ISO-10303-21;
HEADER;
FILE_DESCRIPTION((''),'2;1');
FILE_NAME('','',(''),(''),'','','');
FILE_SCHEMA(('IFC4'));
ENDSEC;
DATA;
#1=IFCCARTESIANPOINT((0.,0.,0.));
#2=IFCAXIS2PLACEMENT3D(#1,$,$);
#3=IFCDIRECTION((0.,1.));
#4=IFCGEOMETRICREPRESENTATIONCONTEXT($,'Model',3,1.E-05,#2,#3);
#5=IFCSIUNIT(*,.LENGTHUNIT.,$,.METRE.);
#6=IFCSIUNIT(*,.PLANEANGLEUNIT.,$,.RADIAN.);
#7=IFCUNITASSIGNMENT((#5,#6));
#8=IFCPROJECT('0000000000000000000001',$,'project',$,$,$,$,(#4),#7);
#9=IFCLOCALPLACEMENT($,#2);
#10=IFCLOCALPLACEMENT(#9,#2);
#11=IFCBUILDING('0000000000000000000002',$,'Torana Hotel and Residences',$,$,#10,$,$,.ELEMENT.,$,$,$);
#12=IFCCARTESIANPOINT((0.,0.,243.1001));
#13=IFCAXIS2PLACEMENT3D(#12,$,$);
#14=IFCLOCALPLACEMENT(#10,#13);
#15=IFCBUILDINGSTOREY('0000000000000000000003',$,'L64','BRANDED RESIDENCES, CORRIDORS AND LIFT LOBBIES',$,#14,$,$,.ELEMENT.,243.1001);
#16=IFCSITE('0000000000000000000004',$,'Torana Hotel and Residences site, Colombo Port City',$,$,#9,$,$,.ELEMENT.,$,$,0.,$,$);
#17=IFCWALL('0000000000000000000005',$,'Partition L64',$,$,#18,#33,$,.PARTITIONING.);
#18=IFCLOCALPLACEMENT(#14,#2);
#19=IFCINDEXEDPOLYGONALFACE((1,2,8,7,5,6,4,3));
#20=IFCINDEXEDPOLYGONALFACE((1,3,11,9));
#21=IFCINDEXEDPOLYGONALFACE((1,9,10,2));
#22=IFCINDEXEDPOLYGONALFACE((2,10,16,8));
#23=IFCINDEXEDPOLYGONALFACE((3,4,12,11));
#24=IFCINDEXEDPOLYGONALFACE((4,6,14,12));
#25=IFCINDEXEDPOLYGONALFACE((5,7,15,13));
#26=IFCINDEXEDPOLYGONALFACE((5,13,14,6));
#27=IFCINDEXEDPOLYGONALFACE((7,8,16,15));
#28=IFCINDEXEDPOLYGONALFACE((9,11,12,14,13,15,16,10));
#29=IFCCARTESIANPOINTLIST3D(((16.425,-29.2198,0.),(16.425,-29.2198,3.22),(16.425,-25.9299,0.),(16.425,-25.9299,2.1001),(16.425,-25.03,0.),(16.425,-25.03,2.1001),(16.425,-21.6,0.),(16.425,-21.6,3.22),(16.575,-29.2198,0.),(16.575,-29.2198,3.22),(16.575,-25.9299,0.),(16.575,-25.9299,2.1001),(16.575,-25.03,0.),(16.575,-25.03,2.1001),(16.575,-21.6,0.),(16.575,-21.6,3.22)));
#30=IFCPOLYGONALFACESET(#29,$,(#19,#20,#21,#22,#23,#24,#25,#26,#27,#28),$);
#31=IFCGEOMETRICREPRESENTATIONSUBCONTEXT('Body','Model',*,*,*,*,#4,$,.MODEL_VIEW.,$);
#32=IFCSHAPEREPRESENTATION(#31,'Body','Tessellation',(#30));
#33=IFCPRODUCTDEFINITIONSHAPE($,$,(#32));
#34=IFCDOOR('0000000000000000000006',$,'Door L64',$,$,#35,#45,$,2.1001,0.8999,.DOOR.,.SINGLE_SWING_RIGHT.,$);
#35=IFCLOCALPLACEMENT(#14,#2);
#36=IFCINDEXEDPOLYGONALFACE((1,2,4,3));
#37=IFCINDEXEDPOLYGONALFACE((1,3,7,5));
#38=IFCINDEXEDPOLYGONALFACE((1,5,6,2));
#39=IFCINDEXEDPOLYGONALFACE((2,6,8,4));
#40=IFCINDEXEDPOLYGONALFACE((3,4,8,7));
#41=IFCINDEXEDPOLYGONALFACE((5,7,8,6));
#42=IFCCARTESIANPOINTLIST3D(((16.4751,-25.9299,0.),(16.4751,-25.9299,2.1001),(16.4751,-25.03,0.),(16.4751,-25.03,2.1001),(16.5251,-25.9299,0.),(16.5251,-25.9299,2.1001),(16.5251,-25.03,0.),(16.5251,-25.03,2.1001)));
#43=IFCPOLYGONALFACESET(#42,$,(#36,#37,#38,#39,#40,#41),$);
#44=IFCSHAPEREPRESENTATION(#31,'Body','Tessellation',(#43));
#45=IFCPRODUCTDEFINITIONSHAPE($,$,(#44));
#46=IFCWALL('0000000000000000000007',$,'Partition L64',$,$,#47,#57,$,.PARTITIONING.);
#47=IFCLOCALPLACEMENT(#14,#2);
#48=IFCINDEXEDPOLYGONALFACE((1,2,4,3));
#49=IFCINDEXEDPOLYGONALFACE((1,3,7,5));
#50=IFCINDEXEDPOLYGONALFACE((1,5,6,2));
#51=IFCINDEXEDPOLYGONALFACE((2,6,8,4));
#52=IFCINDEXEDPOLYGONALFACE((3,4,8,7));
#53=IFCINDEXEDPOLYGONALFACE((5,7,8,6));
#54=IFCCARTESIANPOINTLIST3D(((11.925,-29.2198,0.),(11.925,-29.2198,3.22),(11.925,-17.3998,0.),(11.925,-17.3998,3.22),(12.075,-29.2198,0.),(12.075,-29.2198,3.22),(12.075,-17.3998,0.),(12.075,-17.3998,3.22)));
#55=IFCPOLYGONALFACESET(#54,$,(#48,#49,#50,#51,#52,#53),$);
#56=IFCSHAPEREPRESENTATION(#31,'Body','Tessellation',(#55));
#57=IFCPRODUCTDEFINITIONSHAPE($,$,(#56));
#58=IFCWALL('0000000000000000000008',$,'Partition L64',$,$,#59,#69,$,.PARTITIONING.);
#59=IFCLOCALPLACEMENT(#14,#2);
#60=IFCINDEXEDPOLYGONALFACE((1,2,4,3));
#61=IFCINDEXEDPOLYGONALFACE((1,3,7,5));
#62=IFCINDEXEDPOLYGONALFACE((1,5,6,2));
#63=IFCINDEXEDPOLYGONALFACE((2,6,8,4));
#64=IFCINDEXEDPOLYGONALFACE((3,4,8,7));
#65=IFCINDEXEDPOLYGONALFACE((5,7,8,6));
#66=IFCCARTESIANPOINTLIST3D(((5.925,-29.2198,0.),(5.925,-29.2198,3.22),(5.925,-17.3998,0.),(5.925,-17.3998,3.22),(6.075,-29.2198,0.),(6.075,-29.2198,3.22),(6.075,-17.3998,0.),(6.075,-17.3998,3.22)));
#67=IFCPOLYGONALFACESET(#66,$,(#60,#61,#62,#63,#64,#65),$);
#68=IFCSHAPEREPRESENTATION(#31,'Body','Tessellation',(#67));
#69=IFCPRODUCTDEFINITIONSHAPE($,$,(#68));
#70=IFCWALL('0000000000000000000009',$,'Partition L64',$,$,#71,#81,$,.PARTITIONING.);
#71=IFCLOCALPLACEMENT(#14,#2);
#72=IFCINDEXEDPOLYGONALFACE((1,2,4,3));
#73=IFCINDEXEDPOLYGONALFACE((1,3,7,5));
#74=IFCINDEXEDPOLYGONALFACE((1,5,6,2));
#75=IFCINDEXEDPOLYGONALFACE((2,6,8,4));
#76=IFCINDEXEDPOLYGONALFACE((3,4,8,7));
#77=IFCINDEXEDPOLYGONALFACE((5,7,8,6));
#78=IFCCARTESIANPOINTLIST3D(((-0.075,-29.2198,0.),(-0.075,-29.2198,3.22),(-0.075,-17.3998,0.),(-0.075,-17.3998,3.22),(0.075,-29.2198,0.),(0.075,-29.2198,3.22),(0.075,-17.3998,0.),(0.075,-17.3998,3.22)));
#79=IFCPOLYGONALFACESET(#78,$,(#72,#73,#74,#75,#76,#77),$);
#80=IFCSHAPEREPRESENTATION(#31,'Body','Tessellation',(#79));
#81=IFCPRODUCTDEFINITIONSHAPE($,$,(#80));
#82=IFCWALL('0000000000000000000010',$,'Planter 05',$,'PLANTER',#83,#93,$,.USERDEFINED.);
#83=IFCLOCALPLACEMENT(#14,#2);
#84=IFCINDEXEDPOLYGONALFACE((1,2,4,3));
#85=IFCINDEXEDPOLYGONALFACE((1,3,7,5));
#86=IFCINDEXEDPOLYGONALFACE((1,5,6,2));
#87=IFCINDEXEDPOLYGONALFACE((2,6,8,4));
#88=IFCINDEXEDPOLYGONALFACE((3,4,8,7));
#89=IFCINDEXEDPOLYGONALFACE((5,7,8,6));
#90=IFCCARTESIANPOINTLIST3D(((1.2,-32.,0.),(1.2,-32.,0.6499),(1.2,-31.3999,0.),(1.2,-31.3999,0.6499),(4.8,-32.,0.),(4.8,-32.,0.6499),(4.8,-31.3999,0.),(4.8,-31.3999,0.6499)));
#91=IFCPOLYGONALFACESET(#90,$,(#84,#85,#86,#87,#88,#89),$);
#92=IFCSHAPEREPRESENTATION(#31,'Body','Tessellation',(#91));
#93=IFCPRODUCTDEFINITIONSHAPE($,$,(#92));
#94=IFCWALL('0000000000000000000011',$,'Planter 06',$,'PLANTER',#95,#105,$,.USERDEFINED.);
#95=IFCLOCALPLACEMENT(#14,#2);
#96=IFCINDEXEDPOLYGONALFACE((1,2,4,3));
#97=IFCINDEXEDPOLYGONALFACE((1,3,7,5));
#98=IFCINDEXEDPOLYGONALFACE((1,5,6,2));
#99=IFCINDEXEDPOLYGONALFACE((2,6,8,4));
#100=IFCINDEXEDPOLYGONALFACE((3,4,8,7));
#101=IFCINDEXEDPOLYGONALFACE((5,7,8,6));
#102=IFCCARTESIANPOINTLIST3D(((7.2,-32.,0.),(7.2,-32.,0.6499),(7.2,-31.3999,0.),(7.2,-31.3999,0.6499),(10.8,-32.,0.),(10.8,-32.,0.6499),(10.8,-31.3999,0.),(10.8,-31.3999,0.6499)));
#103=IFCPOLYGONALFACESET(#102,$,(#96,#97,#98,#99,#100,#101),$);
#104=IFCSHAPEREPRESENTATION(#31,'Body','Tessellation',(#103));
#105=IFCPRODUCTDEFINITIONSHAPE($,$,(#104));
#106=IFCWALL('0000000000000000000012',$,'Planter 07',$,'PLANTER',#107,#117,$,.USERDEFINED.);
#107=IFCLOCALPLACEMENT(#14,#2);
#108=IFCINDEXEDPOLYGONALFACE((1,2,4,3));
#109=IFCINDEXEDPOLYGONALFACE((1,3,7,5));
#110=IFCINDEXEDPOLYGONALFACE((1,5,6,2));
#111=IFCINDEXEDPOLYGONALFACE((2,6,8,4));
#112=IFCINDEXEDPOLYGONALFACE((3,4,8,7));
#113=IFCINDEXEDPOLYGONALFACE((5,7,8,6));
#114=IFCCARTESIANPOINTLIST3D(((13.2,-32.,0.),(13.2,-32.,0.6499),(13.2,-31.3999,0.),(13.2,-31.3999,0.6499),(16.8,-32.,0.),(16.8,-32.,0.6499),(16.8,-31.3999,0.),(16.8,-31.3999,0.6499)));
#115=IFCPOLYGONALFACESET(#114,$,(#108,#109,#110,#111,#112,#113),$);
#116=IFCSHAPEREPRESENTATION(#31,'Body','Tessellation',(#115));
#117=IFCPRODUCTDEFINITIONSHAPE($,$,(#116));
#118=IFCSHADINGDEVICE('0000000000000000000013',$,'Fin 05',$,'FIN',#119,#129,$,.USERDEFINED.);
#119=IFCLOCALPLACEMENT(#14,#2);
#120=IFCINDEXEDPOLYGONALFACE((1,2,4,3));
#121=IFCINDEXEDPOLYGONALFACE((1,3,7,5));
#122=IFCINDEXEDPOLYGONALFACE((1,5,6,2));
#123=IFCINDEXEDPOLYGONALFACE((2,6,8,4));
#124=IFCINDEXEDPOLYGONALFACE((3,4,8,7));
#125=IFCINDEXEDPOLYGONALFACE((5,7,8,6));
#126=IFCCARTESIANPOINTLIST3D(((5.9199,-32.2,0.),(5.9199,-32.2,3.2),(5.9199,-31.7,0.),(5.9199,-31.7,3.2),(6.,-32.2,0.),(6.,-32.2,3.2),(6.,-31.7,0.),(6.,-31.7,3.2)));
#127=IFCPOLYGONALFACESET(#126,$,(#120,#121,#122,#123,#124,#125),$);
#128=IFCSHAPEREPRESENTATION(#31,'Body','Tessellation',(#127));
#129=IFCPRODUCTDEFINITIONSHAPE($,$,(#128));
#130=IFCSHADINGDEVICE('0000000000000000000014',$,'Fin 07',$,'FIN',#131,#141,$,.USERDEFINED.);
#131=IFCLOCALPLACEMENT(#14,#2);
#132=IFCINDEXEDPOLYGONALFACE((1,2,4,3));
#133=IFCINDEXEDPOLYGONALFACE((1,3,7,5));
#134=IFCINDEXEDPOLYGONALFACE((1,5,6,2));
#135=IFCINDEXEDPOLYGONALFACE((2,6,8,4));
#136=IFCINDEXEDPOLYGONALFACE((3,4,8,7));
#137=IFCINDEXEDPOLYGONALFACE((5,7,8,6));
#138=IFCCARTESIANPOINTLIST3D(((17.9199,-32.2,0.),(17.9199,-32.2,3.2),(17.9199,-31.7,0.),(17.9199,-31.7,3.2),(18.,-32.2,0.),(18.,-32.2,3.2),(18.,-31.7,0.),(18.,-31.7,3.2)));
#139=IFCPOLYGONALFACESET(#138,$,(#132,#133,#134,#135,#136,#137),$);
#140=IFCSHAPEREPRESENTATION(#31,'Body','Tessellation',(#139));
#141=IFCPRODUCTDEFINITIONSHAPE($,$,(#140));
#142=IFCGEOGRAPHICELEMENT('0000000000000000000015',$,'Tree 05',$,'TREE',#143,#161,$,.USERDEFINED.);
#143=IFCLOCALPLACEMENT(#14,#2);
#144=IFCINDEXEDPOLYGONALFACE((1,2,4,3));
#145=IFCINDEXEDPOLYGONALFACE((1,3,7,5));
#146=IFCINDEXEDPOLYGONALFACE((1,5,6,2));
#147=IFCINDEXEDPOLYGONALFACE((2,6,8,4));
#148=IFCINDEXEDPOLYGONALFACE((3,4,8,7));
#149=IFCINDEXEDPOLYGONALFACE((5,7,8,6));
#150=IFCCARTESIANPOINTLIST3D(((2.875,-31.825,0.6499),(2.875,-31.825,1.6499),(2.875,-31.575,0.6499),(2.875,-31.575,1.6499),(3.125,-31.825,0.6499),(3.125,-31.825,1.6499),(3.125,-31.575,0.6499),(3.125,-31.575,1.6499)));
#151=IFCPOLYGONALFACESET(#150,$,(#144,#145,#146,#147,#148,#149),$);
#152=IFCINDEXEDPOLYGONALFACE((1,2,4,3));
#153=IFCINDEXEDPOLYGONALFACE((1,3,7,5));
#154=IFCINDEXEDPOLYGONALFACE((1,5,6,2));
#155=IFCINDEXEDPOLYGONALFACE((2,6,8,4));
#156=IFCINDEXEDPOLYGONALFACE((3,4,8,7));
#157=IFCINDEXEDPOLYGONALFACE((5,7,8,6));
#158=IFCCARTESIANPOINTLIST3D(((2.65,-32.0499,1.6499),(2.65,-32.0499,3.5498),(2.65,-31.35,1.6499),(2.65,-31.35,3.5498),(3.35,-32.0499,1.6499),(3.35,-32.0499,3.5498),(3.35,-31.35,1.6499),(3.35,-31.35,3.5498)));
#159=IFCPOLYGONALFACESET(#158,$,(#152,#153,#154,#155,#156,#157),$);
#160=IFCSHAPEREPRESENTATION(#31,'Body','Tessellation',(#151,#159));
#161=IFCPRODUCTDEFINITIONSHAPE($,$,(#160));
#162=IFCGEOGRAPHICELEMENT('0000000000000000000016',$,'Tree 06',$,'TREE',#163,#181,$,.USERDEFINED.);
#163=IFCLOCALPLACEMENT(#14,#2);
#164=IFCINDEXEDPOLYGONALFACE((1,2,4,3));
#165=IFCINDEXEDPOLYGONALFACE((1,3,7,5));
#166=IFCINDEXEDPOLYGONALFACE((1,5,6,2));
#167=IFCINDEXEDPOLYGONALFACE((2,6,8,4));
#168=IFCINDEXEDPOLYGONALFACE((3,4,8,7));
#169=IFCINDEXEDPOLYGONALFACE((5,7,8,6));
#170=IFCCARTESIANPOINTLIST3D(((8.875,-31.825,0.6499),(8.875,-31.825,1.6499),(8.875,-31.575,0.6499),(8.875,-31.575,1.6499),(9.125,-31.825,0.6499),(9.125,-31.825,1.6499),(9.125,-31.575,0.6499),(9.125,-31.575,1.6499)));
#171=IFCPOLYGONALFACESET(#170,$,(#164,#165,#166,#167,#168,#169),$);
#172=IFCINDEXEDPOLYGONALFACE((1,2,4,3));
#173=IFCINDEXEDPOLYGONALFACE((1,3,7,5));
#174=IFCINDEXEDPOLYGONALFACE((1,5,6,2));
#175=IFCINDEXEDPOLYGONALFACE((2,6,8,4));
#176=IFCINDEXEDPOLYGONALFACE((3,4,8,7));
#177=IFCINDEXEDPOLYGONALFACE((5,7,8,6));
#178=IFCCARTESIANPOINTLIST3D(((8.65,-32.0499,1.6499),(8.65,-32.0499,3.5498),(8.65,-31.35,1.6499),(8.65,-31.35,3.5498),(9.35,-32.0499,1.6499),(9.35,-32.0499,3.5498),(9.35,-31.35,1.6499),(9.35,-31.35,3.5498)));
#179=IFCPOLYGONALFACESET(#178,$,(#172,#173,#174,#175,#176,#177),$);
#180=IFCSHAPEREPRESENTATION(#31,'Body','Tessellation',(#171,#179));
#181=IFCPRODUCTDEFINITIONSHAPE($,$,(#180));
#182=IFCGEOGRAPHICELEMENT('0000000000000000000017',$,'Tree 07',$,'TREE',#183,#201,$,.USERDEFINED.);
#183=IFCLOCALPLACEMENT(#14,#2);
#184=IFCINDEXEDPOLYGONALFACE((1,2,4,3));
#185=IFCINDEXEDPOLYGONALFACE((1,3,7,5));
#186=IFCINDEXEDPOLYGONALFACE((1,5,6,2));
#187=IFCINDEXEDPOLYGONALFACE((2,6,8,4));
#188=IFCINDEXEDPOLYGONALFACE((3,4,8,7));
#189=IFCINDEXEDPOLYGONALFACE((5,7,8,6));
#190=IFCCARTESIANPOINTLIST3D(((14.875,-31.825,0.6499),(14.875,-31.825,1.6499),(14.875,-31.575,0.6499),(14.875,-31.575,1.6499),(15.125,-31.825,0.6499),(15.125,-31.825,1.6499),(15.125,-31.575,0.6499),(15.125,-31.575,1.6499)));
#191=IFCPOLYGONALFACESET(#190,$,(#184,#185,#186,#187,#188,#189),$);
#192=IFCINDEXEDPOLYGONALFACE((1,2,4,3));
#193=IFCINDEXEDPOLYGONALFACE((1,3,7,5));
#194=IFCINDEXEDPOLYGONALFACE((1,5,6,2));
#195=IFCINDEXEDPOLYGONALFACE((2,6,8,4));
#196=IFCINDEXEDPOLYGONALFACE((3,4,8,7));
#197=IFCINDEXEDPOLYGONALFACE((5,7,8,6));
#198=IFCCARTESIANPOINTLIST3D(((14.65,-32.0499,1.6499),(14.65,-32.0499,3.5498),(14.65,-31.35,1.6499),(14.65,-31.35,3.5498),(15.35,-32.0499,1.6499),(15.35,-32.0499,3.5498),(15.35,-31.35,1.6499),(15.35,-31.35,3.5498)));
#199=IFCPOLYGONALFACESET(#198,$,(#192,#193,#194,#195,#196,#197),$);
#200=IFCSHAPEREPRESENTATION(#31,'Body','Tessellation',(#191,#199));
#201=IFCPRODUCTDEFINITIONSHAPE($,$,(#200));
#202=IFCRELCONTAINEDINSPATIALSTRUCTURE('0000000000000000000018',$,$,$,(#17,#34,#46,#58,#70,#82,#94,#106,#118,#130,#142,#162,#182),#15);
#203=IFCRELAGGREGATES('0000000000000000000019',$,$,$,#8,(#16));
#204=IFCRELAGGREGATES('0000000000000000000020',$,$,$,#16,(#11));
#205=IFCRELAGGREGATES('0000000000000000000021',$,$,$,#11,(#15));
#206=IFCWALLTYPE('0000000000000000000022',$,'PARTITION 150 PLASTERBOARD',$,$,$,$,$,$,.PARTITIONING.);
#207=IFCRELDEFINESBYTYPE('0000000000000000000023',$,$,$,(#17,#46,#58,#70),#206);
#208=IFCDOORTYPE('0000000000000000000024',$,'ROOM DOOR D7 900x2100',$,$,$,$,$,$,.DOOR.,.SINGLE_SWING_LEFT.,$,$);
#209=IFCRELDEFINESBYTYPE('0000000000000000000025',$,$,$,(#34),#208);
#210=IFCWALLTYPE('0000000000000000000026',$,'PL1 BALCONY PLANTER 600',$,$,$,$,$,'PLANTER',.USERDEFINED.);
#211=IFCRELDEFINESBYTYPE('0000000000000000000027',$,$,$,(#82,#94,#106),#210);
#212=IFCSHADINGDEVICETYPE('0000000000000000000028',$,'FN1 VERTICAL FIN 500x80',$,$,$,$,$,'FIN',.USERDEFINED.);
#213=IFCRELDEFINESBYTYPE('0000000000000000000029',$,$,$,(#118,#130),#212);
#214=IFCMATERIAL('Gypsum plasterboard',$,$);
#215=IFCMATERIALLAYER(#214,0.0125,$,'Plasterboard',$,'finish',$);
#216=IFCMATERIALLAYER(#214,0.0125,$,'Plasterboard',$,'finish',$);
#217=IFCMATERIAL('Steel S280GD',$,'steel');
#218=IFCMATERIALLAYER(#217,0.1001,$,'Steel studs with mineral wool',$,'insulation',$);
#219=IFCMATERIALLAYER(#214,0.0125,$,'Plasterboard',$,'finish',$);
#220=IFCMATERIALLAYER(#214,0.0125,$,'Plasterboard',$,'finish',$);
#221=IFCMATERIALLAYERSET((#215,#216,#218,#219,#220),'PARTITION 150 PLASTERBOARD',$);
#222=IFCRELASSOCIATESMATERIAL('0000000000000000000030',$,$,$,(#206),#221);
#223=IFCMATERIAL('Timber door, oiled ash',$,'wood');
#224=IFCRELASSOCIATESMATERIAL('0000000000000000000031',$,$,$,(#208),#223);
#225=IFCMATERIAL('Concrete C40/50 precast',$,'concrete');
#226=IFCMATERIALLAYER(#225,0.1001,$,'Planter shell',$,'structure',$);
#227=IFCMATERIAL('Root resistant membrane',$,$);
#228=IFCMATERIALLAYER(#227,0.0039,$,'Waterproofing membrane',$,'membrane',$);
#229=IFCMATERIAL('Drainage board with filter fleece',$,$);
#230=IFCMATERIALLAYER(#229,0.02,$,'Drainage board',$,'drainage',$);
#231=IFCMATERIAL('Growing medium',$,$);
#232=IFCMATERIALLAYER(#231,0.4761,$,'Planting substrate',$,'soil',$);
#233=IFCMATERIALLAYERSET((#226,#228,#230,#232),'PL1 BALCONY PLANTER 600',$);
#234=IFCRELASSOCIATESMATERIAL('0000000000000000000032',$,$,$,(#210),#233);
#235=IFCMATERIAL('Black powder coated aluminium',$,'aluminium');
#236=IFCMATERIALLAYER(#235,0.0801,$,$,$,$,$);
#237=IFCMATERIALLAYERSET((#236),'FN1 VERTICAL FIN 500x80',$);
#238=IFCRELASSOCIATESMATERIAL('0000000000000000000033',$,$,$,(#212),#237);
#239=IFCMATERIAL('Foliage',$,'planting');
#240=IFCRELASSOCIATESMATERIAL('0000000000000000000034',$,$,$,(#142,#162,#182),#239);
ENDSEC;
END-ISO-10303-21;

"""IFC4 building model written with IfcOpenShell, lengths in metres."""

from ifc_helpers import new_model, si_unit, direction, frame, frame_2d, origin, origin_2d, place, context, subcontext, project, spatial, rectangle, extrude, material, layer, layer_set, type_object, element, fill, save


model = new_model("IFC4")

# Units and contexts
model_context = context("Model", 3, precision=1e-05, world=origin(), true_north=direction((0.0, 1.0)))
body_context = subcontext(model_context, "Body", "Model", "MODEL_VIEW")
ifc_project = project(units=[si_unit("LENGTHUNIT", "METRE"), si_unit("PLANEANGLEUNIT", "RADIAN")], contexts=[model_context])

# Site, building, storey
site_placement = place(None, origin())
site = spatial("IfcSite", under=ifc_project, at=site_placement, Name="Torana Hotel and Residences site, Colombo Port City", CompositionType="ELEMENT", RefElevation=0.0)
building_placement = place(site_placement, origin())
building = spatial("IfcBuilding", under=site, at=building_placement, Name="Torana Hotel and Residences", CompositionType="ELEMENT")
storey_placement = place(building_placement, frame((0.0, 0.0, 243.1001)))
storey = spatial("IfcBuildingStorey", under=building, at=storey_placement, Name="L64", Description="BRANDED RESIDENCES, CORRIDORS AND LIFT LOBBIES", CompositionType="ELEMENT", Elevation=243.1001)

# Wall, opening, door
ifc_material_1 = material(Name="Gypsum plasterboard")
ifc_layer_1 = layer(ifc_material_1, 0.0125, Name="Plasterboard", Category="finish")
ifc_layer_2 = layer(ifc_material_1, 0.0125, Name="Plasterboard", Category="finish")
ifc_material_2 = material(Name="Steel S280GD", Category="steel")
ifc_layer_3 = layer(ifc_material_2, 0.1001, Name="Steel studs with mineral wool", Category="insulation")
ifc_layer_4 = layer(ifc_material_1, 0.0125, Name="Plasterboard", Category="finish")
ifc_layer_5 = layer(ifc_material_1, 0.0125, Name="Plasterboard", Category="finish")
ifc_layer_set_1 = layer_set([ifc_layer_1, ifc_layer_2, ifc_layer_3, ifc_layer_4, ifc_layer_5], Name="PARTITION 150 PLASTERBOARD")
wall_type_1 = type_object("IfcWallType", Name="PARTITION 150 PLASTERBOARD", PredefinedType="PARTITIONING", material=ifc_layer_set_1)
wall_placement = place(storey_placement, frame((16.5, -29.22, 0.0), z_axis=(0.0, 0.0, 1.0), x_axis=(0.0, 1.0, 0.0)))
wall = element("IfcWall", 1, at=wall_placement, inside=storey, type_object=wall_type_1, Name="Partition L64", PredefinedType="PARTITIONING", context=body_context, shape_type="SweptSolid", body=[
    extrude(rectangle(XDim=7.6199, YDim=0.1499, at=frame_2d((3.8101, 0.0))), origin(), (0.0, 0.0, 1.0), 3.22),
])
opening_placement = place(wall_placement, frame((3.29, 0.0, 0.0)))
opening = element("IfcOpeningElement", 2, at=opening_placement, cuts=wall, PredefinedType="OPENING", context=body_context, shape_type="SweptSolid", body=[
    extrude(rectangle(XDim=0.8999, YDim=2.1001, at=frame_2d((0.45, 1.05))), frame((0.0, 0.085, 0.0), z_axis=(0.0, -1.0, 0.0), x_axis=(1.0, 0.0, 0.0)), (0.0, 0.0, 1.0), 0.1699),
])
ifc_material_3 = material(Name="Timber door, oiled ash", Category="wood")
door_type = type_object("IfcDoorType", Name="ROOM DOOR D7 900x2100", OperationType="SINGLE_SWING_LEFT", PredefinedType="DOOR", material=ifc_material_3)
door_placement = place(opening_placement, origin())
door = element("IfcDoor", 3, at=door_placement, inside=storey, type_object=door_type, Name="Door L64", OperationType="SINGLE_SWING_RIGHT", OverallHeight=2.1001, OverallWidth=0.8999, PredefinedType="DOOR", context=body_context, shape_type="SweptSolid", body=[
    extrude(rectangle(XDim=0.8999, YDim=2.1001, at=frame_2d((0.45, 1.05))), frame((0.0, 0.0249, 0.0), z_axis=(0.0, -1.0, 0.0), x_axis=(1.0, 0.0, 0.0)), (0.0, 0.0, 1.0), 0.05),
])
fill(opening, door)

# Walls
for number, where, z_axis, x_axis, name in (
    (4, (12.0, -29.22, 0.0), (0.0, 0.0, 1.0), (0.0, 1.0, 0.0), "Partition L64"),
    (5, (6.0, -29.22, 0.0), (0.0, 0.0, 1.0), (0.0, 1.0, 0.0), "Partition L64"),
    (6, (0.0, -29.22, 0.0), (0.0, 0.0, 1.0), (0.0, 1.0, 0.0), "Partition L64"),
):
    element("IfcWall", number, at=place(storey_placement, frame(where, z_axis=z_axis, x_axis=x_axis)), inside=storey, type_object=wall_type_1, Name=name, PredefinedType="PARTITIONING", context=body_context, shape_type="SweptSolid", body=[
        extrude(rectangle(XDim=11.8201, YDim=0.1499, at=frame_2d((5.9102, 0.0))), origin(), (0.0, 0.0, 1.0), 3.22),
    ])
ifc_material_4 = material(Name="Concrete C40/50 precast", Category="concrete")
ifc_layer_6 = layer(ifc_material_4, 0.1001, Name="Planter shell", Category="structure")
ifc_material_5 = material(Name="Root resistant membrane")
ifc_layer_7 = layer(ifc_material_5, 0.0039, Name="Waterproofing membrane", Category="membrane")
ifc_material_6 = material(Name="Drainage board with filter fleece")
ifc_layer_8 = layer(ifc_material_6, 0.02, Name="Drainage board", Category="drainage")
ifc_material_7 = material(Name="Growing medium")
ifc_layer_9 = layer(ifc_material_7, 0.4761, Name="Planting substrate", Category="soil")
ifc_layer_set_2 = layer_set([ifc_layer_6, ifc_layer_7, ifc_layer_8, ifc_layer_9], Name="PL1 BALCONY PLANTER 600")
wall_type_2 = type_object("IfcWallType", Name="PL1 BALCONY PLANTER 600", ElementType="PLANTER", PredefinedType="USERDEFINED", material=ifc_layer_set_2)
for number, where, z_axis, x_axis, name in (
    (7, (4.8, -31.7, 0.0), (0.0, 0.0, 1.0), (-1.0, 0.0, 0.0), "Planter 05"),
    (8, (10.8, -31.7, 0.0), (0.0, 0.0, 1.0), (-1.0, 0.0, 0.0), "Planter 06"),
    (9, (16.8, -31.7, 0.0), (0.0, 0.0, 1.0), (-1.0, 0.0, 0.0), "Planter 07"),
):
    element("IfcWall", number, at=place(storey_placement, frame(where, z_axis=z_axis, x_axis=x_axis)), inside=storey, type_object=wall_type_2, Name=name, ObjectType="PLANTER", PredefinedType="USERDEFINED", context=body_context, shape_type="SweptSolid", body=[
        extrude(rectangle(XDim=3.6001, YDim=0.6001, at=frame_2d((1.8, 0.0))), origin(), (0.0, 0.0, 1.0), 0.6499),
    ])

# Shading devices
ifc_material_8 = material(Name="Black powder coated aluminium", Category="aluminium")
ifc_layer_10 = layer(ifc_material_8, 0.0801)
ifc_layer_set_3 = layer_set([ifc_layer_10], Name="FN1 VERTICAL FIN 500x80")
shading_device_type = type_object("IfcShadingDeviceType", Name="FN1 VERTICAL FIN 500x80", ElementType="FIN", PredefinedType="USERDEFINED", material=ifc_layer_set_3)
for number, where, z_axis, x_axis, name in (
    (10, (5.96, -31.95, 0.0), (0.0, 0.0, 1.0), (-1.0, 0.0, 0.0), "Fin 05"),
    (11, (17.96, -31.95, 0.0), (0.0, 0.0, 1.0), (-1.0, 0.0, 0.0), "Fin 07"),
):
    element("IfcShadingDevice", number, at=place(storey_placement, frame(where, z_axis=z_axis, x_axis=x_axis)), inside=storey, type_object=shading_device_type, Name=name, ObjectType="FIN", PredefinedType="USERDEFINED", context=body_context, shape_type="SweptSolid", body=[
        extrude(rectangle(XDim=0.0801, YDim=0.5, at=origin_2d()), origin(), (0.0, 0.0, 1.0), 3.2),
    ])

# Geographic elements
ifc_material_9 = material(Name="Foliage", Category="planting")
for number, where, z_axis, x_axis, name in (
    (12, (3.0, -31.7, 0.6499), (0.0, 0.0, 1.0), (1.0, 0.0, 0.0), "Tree 05"),
    (13, (9.0, -31.7, 0.6499), (0.0, 0.0, 1.0), (1.0, 0.0, 0.0), "Tree 06"),
    (14, (15.0, -31.7, 0.6499), (0.0, 0.0, 1.0), (1.0, 0.0, 0.0), "Tree 07"),
):
    element("IfcGeographicElement", number, at=place(storey_placement, frame(where, z_axis=z_axis, x_axis=x_axis)), inside=storey, material=ifc_material_9, Name=name, ObjectType="TREE", PredefinedType="USERDEFINED", context=body_context, shape_type="SweptSolid", body=[
        extrude(rectangle(XDim=0.25, YDim=0.25, at=origin_2d()), origin(), (0.0, 0.0, 1.0), 1.0),
        extrude(rectangle(XDim=0.7, YDim=0.7, at=origin_2d()), frame((0.0, 0.0, 1.0)), (0.0, 0.0, 1.0), 1.8999),
    ])

save(model, "model.ifc")
